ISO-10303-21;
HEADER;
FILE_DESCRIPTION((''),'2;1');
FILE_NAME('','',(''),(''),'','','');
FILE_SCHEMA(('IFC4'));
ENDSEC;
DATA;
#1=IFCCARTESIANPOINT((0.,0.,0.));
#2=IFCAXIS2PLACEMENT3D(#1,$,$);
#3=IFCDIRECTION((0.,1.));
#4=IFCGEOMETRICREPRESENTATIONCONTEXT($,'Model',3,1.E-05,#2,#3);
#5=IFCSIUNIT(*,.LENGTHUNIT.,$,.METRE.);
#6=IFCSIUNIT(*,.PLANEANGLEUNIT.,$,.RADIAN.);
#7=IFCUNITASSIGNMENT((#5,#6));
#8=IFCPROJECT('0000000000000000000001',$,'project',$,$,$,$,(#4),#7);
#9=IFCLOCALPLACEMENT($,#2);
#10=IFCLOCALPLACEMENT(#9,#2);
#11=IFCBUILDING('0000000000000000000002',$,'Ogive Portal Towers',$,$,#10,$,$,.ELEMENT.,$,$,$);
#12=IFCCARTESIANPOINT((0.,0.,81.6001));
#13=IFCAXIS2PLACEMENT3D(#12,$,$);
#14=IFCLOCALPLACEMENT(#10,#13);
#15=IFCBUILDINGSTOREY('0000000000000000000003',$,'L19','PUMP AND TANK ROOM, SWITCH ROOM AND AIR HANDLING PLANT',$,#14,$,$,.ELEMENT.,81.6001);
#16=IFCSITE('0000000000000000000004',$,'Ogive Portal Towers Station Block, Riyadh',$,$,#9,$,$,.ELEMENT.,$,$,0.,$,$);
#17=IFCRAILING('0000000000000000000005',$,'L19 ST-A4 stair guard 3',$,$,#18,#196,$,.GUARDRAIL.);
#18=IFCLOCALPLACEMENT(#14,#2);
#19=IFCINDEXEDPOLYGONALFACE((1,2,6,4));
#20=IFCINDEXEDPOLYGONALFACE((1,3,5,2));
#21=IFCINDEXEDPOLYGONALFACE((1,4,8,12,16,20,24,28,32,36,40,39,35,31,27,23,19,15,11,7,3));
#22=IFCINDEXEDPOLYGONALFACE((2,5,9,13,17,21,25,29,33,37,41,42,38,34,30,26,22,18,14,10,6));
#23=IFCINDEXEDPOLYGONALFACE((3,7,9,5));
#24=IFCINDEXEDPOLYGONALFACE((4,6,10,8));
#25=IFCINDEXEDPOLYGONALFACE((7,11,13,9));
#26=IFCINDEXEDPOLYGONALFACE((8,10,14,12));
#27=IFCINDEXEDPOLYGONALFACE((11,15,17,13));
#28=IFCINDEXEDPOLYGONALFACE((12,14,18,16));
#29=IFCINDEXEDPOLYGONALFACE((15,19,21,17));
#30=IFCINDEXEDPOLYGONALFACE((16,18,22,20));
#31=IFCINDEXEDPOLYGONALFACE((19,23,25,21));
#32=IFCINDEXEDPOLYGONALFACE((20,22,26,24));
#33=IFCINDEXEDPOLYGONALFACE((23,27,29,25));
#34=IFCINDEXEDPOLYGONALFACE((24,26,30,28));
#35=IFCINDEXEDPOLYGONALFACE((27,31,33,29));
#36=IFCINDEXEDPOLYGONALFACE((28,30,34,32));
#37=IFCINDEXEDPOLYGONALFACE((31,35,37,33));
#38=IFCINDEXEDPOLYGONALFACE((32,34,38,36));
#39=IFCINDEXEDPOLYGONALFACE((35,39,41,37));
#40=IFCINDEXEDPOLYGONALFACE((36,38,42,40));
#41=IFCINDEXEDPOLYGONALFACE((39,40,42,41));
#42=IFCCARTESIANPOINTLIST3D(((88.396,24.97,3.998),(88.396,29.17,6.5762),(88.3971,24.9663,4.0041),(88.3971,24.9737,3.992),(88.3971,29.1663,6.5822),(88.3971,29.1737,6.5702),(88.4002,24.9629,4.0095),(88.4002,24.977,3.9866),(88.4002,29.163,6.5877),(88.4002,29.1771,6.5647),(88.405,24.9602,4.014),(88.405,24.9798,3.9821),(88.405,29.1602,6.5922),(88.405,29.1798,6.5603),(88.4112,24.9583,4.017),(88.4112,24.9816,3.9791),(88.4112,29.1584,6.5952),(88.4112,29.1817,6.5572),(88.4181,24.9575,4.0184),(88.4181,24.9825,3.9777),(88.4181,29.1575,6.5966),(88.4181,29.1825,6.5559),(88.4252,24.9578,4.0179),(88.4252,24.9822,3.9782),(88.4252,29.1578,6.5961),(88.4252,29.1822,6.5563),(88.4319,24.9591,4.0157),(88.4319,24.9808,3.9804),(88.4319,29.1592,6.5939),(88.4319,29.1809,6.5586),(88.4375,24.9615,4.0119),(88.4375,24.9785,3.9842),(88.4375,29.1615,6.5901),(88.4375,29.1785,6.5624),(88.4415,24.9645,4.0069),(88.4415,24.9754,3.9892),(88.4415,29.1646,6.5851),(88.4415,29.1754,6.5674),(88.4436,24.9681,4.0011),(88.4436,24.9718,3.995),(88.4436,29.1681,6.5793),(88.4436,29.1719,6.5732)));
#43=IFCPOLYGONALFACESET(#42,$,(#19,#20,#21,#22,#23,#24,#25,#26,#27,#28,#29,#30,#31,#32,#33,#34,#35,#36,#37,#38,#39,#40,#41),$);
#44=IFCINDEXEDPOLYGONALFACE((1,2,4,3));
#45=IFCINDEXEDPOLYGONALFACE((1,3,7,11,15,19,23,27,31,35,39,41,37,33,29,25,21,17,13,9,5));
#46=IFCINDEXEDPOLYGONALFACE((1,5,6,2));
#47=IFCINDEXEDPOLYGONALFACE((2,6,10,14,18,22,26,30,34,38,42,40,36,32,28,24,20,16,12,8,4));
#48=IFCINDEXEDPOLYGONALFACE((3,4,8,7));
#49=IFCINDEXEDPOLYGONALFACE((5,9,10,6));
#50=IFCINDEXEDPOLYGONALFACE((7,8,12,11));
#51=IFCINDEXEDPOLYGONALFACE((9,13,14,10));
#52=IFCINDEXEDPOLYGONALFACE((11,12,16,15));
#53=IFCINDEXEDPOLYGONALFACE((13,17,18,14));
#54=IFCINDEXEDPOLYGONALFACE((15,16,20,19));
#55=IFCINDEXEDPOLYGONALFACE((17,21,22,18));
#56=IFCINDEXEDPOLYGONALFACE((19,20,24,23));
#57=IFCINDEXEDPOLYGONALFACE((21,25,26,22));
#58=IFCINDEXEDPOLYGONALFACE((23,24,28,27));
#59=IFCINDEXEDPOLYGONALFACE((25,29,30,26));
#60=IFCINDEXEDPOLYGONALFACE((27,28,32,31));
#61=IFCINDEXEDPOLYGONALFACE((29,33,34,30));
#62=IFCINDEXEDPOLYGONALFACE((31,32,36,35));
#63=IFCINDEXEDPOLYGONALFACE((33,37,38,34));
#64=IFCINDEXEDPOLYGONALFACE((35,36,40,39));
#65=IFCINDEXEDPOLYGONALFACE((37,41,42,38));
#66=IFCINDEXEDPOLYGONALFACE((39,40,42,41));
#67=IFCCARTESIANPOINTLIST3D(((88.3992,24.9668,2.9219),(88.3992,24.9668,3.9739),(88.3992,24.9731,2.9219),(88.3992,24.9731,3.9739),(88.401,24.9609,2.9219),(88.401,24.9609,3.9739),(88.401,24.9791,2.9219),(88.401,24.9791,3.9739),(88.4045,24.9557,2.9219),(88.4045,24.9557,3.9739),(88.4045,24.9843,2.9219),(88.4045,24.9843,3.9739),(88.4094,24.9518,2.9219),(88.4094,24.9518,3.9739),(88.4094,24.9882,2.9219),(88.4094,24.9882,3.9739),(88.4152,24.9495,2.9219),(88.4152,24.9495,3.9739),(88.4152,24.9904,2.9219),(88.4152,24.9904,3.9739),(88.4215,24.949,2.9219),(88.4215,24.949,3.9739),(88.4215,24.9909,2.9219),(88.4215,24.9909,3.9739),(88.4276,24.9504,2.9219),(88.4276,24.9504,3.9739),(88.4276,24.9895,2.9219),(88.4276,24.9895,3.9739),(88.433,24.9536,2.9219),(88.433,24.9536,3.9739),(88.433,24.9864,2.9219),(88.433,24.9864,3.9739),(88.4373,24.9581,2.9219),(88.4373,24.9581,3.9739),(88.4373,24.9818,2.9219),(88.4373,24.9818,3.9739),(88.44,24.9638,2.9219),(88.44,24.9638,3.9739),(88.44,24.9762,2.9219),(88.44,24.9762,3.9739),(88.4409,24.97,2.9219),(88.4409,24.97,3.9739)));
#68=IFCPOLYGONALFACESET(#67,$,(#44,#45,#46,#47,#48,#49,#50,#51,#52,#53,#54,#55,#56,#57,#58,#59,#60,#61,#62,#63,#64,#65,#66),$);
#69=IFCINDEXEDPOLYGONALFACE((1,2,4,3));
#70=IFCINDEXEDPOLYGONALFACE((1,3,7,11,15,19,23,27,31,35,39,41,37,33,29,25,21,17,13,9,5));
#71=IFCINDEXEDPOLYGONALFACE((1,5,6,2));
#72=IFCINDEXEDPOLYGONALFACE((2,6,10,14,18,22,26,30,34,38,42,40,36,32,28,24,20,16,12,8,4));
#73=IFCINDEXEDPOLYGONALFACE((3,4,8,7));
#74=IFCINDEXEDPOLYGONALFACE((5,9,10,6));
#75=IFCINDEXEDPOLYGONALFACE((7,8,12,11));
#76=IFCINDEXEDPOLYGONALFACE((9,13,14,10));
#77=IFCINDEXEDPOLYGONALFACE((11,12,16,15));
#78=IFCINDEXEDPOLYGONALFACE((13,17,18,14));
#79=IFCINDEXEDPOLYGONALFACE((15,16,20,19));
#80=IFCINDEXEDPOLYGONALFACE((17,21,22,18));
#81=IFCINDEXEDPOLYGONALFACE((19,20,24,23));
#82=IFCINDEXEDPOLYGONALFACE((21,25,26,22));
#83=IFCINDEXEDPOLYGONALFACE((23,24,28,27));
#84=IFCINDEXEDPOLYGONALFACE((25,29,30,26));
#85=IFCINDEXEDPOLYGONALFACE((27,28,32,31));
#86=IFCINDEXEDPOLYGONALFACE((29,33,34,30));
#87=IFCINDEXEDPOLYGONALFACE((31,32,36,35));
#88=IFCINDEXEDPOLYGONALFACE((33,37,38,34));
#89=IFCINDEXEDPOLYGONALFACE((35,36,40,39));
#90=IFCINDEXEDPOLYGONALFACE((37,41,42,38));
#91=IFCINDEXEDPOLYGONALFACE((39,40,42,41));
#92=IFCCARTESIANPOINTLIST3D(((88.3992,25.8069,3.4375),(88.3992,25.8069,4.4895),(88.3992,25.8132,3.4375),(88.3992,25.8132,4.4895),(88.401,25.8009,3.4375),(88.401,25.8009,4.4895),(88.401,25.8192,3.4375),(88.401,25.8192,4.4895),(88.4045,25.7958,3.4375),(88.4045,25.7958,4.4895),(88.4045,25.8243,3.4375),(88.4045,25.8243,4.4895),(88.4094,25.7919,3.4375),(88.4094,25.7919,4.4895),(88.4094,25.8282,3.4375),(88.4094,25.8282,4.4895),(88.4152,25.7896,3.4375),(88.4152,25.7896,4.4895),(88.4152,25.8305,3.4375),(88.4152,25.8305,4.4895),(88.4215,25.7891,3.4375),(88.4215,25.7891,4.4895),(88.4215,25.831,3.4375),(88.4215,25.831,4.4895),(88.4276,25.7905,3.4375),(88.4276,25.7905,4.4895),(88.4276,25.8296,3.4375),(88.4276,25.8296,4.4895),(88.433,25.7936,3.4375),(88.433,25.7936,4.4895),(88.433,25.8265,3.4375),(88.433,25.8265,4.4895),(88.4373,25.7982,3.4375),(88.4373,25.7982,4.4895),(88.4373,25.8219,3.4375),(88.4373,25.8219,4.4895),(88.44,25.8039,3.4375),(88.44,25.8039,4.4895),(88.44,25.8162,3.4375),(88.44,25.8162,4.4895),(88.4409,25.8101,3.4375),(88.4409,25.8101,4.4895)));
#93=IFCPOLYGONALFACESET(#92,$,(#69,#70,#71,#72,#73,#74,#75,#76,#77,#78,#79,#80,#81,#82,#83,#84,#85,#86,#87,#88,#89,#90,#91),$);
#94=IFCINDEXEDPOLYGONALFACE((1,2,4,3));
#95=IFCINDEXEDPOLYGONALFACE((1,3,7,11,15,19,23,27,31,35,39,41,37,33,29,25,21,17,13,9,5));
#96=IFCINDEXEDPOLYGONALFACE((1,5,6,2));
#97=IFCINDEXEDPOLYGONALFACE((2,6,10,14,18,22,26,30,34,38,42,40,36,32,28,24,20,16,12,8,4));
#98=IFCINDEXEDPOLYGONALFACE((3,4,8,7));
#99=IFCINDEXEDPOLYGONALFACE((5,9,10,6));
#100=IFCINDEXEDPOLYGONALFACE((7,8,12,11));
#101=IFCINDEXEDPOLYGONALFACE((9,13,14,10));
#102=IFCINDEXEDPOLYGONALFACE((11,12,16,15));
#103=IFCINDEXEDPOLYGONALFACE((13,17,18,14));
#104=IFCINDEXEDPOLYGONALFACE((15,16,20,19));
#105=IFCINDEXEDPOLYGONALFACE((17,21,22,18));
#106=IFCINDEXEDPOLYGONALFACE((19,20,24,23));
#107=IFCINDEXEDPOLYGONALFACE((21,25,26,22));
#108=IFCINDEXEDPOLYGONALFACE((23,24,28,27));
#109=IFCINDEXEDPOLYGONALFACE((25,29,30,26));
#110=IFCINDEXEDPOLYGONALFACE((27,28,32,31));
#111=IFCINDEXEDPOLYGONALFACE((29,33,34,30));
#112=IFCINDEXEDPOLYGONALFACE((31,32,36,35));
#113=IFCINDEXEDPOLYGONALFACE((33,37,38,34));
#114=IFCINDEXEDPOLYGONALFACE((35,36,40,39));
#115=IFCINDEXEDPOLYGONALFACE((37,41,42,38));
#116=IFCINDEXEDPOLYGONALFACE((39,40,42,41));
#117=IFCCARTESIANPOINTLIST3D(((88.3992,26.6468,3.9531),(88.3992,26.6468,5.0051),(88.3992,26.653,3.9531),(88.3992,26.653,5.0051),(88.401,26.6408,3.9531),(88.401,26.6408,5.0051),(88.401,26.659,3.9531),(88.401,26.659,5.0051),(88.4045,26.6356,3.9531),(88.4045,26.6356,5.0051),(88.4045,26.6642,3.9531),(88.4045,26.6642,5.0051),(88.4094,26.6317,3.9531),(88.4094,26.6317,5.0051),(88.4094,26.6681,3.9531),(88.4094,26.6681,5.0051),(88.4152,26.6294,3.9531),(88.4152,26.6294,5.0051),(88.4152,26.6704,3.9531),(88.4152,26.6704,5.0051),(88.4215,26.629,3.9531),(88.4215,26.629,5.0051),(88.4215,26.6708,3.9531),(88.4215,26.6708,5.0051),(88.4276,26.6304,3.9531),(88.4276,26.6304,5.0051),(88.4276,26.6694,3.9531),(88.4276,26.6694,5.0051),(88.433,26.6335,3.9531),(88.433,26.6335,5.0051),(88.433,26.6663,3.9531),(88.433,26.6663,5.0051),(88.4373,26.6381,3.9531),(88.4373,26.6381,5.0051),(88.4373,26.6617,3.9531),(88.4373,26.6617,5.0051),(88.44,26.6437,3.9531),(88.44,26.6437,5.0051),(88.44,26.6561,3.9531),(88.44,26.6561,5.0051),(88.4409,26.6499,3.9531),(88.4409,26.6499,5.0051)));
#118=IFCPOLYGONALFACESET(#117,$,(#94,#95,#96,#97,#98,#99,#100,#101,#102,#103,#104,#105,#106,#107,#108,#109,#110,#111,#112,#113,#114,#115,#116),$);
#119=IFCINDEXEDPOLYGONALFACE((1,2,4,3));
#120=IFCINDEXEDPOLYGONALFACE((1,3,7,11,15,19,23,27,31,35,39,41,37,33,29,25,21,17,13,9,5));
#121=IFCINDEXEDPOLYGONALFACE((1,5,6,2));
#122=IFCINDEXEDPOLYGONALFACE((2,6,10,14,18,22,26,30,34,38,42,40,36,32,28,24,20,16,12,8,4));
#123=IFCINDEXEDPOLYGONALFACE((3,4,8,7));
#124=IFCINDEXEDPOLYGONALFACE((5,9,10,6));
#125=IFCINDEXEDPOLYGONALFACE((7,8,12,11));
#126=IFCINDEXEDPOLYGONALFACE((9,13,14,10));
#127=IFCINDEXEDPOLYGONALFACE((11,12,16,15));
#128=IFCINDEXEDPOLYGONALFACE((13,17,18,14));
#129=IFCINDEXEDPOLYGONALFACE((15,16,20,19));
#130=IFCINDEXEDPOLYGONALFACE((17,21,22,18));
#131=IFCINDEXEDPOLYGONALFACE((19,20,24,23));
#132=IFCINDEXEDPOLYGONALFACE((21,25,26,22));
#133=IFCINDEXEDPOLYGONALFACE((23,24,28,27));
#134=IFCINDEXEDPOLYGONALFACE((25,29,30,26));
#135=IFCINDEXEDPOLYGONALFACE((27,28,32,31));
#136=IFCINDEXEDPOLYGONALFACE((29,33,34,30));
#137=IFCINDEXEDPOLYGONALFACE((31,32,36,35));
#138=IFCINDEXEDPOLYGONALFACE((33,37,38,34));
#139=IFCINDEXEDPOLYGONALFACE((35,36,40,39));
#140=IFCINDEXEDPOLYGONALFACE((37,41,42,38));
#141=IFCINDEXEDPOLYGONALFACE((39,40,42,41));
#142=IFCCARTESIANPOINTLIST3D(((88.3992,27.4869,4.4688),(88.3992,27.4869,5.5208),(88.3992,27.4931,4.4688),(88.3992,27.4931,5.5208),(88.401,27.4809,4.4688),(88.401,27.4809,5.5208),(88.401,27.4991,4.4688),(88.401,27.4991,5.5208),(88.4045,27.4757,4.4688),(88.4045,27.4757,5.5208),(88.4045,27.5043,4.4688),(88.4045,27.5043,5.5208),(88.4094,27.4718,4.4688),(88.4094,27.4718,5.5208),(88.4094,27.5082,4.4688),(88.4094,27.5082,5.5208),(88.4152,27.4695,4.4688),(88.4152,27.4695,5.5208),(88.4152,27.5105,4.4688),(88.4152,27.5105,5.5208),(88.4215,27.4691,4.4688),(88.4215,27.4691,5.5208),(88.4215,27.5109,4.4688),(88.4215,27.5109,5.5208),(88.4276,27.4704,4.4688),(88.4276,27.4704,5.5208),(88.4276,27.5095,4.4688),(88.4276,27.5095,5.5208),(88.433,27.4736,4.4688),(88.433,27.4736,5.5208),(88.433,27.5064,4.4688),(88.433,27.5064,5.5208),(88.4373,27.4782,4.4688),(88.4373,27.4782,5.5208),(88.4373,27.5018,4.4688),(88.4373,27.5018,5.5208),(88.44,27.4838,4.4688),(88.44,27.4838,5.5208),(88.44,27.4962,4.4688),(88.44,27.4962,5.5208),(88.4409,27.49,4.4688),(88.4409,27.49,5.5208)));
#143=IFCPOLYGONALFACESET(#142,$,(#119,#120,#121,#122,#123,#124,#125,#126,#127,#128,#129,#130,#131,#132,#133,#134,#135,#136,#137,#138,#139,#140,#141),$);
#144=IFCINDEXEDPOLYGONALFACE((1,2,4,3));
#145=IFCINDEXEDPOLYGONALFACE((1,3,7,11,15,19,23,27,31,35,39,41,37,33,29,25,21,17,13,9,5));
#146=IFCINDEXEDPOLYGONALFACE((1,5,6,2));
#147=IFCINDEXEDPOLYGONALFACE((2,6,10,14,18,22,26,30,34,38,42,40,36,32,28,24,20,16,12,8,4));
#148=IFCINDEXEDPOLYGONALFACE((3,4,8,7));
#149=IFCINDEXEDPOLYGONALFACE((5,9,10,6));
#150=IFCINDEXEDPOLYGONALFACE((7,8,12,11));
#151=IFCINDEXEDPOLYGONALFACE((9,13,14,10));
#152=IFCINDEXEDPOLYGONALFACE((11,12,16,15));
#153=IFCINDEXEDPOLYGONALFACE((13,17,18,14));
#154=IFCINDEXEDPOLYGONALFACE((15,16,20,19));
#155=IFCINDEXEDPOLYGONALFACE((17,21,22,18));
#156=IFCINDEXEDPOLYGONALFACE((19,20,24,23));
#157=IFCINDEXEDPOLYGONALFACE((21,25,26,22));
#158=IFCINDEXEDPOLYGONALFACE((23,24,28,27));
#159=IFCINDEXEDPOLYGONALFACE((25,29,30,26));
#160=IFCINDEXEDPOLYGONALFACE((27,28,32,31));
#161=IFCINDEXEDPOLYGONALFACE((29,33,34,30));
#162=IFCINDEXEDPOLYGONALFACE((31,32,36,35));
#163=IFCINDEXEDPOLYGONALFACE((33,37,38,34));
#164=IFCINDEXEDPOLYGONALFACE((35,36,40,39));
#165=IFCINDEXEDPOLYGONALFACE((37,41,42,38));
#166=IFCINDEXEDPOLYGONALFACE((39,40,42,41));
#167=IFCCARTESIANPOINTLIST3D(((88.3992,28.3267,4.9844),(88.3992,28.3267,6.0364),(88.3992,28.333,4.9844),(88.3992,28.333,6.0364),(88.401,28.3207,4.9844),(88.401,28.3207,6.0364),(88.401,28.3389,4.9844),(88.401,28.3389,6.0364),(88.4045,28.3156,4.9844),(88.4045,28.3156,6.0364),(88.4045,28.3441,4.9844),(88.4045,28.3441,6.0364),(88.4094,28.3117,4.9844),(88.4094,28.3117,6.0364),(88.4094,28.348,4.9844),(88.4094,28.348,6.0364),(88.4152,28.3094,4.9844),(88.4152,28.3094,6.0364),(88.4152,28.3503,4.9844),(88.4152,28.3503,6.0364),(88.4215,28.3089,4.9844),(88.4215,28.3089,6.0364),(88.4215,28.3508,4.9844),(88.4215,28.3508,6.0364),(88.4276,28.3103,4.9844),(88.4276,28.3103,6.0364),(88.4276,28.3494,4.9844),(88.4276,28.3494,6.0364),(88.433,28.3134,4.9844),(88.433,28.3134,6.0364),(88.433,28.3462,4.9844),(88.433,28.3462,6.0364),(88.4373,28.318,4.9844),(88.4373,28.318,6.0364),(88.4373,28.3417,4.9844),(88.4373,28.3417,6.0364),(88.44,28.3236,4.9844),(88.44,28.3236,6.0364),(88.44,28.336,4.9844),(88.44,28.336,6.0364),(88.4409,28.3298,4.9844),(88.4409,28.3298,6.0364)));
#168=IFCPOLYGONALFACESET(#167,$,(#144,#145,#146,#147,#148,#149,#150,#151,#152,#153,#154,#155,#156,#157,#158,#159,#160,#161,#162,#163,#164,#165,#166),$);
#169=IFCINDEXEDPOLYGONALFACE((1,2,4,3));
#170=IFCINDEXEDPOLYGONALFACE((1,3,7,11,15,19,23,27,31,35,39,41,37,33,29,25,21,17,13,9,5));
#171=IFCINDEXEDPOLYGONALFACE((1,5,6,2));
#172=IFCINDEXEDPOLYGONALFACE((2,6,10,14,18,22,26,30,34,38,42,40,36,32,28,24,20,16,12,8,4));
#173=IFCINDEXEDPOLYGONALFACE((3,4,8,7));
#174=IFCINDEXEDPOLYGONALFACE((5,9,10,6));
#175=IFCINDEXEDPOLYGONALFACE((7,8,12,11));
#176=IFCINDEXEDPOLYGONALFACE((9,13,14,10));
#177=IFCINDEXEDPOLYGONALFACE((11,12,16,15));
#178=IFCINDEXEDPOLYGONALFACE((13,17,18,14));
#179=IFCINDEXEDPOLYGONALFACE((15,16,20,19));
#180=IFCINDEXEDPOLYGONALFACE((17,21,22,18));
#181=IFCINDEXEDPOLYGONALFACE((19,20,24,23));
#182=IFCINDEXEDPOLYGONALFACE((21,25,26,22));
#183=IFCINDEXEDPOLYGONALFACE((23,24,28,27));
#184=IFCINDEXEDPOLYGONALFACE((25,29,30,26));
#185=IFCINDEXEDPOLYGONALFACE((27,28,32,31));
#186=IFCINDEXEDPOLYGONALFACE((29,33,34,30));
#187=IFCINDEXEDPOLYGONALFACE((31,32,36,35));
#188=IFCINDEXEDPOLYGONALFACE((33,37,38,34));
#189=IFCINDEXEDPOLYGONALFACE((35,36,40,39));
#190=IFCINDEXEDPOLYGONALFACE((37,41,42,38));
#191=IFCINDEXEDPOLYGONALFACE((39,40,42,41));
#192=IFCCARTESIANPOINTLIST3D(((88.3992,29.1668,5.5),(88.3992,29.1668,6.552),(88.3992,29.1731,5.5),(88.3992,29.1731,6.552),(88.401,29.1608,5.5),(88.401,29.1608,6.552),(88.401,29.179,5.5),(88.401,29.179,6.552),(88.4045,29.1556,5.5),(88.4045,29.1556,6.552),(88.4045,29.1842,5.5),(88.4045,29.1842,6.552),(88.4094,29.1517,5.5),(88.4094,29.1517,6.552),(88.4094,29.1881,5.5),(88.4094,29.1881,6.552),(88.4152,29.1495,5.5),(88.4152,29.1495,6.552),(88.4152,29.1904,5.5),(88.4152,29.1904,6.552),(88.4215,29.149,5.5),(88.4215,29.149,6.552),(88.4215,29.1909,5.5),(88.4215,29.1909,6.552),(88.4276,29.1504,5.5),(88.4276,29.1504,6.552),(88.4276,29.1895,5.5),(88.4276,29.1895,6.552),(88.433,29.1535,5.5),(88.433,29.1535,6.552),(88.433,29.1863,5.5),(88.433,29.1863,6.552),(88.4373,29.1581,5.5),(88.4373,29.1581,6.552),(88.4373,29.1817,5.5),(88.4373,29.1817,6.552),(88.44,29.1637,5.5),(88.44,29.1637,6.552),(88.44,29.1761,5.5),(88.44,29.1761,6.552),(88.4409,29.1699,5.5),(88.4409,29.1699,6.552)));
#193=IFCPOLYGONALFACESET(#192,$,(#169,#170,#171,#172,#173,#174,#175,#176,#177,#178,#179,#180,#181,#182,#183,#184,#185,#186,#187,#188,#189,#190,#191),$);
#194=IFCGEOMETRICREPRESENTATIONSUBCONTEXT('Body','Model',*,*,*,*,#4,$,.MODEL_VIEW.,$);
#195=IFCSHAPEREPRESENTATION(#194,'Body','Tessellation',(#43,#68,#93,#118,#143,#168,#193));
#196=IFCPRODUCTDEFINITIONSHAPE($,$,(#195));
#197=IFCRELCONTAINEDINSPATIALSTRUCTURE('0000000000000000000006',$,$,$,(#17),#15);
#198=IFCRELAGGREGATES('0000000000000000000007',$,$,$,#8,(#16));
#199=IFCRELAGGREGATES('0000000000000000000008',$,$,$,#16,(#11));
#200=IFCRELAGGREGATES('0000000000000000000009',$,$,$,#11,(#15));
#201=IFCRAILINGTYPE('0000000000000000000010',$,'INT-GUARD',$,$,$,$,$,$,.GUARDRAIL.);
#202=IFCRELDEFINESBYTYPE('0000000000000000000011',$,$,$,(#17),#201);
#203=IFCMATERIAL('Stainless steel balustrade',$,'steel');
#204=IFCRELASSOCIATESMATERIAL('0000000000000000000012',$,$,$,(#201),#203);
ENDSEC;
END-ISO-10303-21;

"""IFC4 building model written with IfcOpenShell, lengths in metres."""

from ifc_helpers import new_model, si_unit, direction, frame, origin, origin_2d, place, context, subcontext, project, spatial, circle, extrude, material, type_object, element, save


model = new_model("IFC4")

# Units and contexts
model_context = context("Model", 3, precision=1e-05, world=origin(), true_north=direction((0.0, 1.0)))
body_context = subcontext(model_context, "Body", "Model", "MODEL_VIEW")
ifc_project = project(units=[si_unit("LENGTHUNIT", "METRE"), si_unit("PLANEANGLEUNIT", "RADIAN")], contexts=[model_context])

# Site, building, storey
site_placement = place(None, origin())
site = spatial("IfcSite", under=ifc_project, at=site_placement, Name="Ogive Portal Towers Station Block, Riyadh", CompositionType="ELEMENT", RefElevation=0.0)
building_placement = place(site_placement, origin())
building = spatial("IfcBuilding", under=site, at=building_placement, Name="Ogive Portal Towers", CompositionType="ELEMENT")
storey_placement = place(building_placement, frame((0.0, 0.0, 81.6001)))
storey = spatial("IfcBuildingStorey", under=building, at=storey_placement, Name="L19", Description="PUMP AND TANK ROOM, SWITCH ROOM AND AIR HANDLING PLANT", CompositionType="ELEMENT", Elevation=81.6001)

# Railing
ifc_material_1 = material(Name="Stainless steel balustrade", Category="steel")
railing_type_1 = type_object("IfcRailingType", Name="INT-GUARD", PredefinedType="GUARDRAIL", material=ifc_material_1)
railing_1_placement = place(storey_placement, frame((88.4199, 24.97, 2.9219)))
element("IfcRailing", 1, at=railing_1_placement, inside=storey, type_object=railing_type_1, Name="L19 ST-A4 stair guard 3", PredefinedType="GUARDRAIL", context=body_context, shape_type="SweptSolid", body=[
    extrude(circle(Radius=0.0239, at=origin_2d()), frame((0.0, 0.0, 1.0762), z_axis=(0.0, 0.852243, 0.523146), x_axis=(-1.0, 0.0, 0.0)), (0.0, 0.0, 1.0), 4.9282),
    extrude(circle(Radius=0.021, at=origin_2d()), origin(), (0.0, 0.0, 1.0), 1.052),
    extrude(circle(Radius=0.021, at=origin_2d()), frame((0.0, 0.8401, 0.5156)), (0.0, 0.0, 1.0), 1.052),
    extrude(circle(Radius=0.021, at=origin_2d()), frame((0.0, 1.6799, 1.0312)), (0.0, 0.0, 1.0), 1.052),
    extrude(circle(Radius=0.021, at=origin_2d()), frame((0.0, 2.52, 1.5469)), (0.0, 0.0, 1.0), 1.052),
    extrude(circle(Radius=0.021, at=origin_2d()), frame((0.0, 3.3599, 2.0625)), (0.0, 0.0, 1.0), 1.052),
    extrude(circle(Radius=0.021, at=origin_2d()), frame((0.0, 4.2, 2.5781)), (0.0, 0.0, 1.0), 1.052),
])

save(model, "model.ifc")
